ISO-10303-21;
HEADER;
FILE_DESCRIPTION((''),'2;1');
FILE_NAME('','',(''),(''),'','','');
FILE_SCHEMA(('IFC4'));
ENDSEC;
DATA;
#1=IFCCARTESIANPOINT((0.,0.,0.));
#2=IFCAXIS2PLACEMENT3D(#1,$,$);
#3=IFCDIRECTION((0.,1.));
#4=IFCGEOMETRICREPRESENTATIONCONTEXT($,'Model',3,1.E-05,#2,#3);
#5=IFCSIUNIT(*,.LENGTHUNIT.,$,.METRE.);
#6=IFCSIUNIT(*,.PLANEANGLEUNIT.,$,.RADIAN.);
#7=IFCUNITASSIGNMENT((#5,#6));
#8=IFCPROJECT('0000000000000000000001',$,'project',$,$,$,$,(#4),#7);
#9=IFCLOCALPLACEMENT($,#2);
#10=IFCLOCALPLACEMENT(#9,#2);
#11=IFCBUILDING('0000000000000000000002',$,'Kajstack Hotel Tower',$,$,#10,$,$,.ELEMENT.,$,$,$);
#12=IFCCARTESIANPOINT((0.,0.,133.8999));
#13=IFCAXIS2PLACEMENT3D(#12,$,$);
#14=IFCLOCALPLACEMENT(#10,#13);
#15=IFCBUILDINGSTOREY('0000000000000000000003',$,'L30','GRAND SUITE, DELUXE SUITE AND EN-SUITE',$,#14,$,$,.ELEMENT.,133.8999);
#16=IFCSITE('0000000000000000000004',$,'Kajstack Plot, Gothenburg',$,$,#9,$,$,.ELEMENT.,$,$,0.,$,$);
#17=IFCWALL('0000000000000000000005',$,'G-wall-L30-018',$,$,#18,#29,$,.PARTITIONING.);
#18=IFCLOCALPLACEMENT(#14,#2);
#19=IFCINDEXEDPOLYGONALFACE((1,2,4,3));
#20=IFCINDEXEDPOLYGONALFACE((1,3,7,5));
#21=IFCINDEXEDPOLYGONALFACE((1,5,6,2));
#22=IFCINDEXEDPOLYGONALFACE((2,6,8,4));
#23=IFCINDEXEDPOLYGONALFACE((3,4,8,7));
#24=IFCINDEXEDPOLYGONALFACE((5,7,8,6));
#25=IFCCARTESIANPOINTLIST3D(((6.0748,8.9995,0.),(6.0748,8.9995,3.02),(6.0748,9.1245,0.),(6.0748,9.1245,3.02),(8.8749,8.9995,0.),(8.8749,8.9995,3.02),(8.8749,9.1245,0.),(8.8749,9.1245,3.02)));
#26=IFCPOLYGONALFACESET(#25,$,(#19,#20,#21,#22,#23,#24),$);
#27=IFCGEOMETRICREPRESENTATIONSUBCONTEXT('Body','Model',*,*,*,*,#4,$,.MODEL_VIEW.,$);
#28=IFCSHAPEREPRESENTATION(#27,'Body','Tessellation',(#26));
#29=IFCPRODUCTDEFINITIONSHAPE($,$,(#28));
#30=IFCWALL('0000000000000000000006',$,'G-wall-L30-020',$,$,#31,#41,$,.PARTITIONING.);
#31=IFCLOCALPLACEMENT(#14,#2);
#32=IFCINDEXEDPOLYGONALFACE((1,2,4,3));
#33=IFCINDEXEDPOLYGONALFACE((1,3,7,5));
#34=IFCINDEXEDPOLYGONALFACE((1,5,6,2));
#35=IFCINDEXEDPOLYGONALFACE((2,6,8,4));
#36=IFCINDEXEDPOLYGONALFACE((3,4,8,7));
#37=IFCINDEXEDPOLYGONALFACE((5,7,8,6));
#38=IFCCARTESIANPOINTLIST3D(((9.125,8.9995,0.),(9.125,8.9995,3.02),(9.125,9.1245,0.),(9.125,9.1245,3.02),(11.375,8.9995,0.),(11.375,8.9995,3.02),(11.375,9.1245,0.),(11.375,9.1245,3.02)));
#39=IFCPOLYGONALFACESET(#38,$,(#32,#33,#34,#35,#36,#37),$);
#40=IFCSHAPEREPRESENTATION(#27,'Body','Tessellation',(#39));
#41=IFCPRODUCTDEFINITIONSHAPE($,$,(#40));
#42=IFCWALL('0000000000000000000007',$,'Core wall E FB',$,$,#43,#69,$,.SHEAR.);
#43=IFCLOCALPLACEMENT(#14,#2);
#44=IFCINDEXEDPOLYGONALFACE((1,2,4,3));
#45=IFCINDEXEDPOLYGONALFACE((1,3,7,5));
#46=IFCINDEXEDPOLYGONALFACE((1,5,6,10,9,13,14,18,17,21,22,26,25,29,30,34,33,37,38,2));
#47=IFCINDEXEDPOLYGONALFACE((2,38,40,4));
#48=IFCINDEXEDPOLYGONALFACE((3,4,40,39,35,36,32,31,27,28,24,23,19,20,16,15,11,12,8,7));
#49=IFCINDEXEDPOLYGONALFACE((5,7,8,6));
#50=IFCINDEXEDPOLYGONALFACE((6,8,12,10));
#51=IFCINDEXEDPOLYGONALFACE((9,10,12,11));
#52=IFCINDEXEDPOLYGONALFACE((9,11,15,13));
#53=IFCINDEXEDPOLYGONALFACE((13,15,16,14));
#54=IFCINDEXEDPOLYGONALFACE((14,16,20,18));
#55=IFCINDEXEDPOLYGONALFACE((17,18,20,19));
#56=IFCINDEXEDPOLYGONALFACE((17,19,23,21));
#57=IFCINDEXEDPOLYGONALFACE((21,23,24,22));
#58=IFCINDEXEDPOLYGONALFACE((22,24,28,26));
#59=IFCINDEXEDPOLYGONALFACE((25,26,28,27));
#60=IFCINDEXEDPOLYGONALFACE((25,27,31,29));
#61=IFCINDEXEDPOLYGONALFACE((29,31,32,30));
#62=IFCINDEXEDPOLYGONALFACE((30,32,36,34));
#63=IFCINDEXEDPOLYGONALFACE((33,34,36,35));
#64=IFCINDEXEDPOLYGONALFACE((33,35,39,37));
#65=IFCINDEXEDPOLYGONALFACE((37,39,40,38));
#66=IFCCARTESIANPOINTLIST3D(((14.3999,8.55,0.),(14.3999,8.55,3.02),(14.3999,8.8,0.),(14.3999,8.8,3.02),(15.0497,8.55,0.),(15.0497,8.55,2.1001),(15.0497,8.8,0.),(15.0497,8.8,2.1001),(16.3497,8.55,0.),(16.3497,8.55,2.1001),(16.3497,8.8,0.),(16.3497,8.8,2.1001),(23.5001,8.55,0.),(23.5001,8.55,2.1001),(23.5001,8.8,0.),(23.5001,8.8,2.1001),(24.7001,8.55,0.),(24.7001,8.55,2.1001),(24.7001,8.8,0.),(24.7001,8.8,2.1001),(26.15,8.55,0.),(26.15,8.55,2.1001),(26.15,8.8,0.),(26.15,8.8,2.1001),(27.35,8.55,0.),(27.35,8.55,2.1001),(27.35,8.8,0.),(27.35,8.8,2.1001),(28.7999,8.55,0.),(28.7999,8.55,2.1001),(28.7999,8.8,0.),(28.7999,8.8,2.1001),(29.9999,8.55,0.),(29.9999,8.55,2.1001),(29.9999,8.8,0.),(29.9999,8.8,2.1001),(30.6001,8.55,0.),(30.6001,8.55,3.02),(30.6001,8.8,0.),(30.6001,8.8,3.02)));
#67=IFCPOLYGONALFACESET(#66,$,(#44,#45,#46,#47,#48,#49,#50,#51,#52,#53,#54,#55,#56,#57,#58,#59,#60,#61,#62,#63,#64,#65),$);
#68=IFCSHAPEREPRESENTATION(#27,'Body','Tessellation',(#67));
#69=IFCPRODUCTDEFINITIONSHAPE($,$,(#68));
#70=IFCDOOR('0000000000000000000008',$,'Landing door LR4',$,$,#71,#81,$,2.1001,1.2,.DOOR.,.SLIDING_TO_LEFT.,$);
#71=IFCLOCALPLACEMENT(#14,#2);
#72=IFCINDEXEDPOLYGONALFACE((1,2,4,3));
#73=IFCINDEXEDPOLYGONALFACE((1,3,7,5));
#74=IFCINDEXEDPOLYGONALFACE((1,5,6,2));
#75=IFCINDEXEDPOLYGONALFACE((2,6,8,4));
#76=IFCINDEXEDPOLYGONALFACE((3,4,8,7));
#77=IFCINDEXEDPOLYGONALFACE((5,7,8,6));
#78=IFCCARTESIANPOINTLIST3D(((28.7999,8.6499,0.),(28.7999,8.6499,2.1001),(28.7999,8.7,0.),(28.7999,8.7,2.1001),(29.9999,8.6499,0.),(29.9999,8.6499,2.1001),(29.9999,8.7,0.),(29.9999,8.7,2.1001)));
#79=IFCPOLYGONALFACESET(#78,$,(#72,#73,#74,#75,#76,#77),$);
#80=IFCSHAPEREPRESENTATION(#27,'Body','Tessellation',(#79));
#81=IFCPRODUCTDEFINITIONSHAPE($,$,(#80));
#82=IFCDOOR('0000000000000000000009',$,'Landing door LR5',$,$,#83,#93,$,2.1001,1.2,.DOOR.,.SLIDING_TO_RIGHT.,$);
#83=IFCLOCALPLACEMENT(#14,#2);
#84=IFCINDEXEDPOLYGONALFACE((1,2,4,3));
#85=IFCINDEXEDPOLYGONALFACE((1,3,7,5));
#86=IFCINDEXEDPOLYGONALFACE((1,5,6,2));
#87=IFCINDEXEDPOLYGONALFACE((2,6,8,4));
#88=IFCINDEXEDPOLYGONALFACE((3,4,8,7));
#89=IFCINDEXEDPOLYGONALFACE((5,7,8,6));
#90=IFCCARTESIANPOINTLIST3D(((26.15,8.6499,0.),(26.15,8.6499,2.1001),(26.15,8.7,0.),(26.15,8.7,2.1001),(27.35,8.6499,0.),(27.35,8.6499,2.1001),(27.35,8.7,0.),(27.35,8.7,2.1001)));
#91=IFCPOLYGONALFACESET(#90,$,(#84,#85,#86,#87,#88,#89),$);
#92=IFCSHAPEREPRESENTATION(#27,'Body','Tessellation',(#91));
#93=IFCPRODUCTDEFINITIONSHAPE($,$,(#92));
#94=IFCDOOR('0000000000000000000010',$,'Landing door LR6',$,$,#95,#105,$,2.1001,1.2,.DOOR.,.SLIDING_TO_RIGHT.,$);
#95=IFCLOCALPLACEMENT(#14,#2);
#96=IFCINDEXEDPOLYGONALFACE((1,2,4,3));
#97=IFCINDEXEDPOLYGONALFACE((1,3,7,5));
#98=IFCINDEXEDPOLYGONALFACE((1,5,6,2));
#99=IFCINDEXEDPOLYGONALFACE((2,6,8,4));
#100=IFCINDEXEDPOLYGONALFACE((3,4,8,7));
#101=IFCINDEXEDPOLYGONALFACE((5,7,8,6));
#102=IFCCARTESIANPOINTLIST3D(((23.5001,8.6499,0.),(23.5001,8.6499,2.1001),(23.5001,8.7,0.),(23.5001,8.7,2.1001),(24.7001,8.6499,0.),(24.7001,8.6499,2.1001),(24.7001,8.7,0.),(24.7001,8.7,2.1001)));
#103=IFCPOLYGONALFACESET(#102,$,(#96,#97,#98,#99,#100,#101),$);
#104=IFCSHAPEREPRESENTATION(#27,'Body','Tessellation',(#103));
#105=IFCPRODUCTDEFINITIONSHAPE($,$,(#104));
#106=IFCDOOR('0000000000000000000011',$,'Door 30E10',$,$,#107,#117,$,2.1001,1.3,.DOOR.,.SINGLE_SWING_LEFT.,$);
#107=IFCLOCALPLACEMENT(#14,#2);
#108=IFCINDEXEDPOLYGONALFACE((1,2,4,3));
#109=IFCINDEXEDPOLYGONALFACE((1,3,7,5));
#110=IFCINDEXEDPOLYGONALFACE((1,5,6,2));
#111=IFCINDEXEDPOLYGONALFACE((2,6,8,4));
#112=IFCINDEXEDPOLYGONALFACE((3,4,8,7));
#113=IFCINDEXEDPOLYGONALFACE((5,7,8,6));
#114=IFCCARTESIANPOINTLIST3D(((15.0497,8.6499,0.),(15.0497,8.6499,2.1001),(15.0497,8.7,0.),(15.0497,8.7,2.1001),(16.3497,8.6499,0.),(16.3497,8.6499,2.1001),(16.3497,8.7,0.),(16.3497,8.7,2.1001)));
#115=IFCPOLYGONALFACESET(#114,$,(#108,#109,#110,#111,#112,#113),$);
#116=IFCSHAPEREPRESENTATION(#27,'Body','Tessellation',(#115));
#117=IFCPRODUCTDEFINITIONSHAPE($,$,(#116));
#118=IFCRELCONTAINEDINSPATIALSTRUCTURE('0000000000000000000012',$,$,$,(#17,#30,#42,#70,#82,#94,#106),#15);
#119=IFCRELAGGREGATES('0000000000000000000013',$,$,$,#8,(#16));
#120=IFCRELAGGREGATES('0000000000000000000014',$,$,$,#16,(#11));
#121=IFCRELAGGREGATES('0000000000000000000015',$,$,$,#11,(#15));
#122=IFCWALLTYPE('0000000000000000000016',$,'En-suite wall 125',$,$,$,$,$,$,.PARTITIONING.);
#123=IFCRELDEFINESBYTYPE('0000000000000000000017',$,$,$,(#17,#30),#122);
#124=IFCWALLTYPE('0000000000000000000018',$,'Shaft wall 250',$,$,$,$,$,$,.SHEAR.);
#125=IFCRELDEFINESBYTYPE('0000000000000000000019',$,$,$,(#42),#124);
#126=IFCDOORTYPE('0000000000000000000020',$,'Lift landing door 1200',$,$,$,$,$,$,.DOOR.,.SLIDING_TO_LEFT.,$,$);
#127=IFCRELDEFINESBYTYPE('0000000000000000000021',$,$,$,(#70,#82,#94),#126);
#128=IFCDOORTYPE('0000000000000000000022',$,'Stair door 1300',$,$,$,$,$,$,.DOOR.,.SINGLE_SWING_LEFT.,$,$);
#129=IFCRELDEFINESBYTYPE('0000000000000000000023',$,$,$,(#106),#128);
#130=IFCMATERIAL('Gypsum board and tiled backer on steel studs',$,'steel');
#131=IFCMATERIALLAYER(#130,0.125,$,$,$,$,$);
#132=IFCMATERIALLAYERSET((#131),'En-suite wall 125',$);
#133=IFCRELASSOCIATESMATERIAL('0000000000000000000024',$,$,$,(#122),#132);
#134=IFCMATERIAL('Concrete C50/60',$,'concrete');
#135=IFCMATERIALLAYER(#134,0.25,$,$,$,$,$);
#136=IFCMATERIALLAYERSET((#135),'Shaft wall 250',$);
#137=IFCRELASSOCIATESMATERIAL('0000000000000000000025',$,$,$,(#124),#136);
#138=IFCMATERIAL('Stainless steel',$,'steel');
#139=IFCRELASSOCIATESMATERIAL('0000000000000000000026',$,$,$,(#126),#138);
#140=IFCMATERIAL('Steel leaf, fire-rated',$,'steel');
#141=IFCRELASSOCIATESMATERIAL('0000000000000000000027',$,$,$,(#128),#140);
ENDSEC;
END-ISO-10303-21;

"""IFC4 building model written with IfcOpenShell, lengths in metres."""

from ifc_helpers import new_model, si_unit, direction, frame, frame_2d, origin, place, context, subcontext, project, spatial, rectangle, extrude, material, layer, layer_set, type_object, element, fill, save


model = new_model("IFC4")

# Units and contexts
model_context = context("Model", 3, precision=1e-05, world=origin(), true_north=direction((0.0, 1.0)))
body_context = subcontext(model_context, "Body", "Model", "MODEL_VIEW")
ifc_project = project(units=[si_unit("LENGTHUNIT", "METRE"), si_unit("PLANEANGLEUNIT", "RADIAN")], contexts=[model_context])

# Site, building, storey
site_placement = place(None, origin())
site = spatial("IfcSite", under=ifc_project, at=site_placement, Name="Kajstack Plot, Gothenburg", CompositionType="ELEMENT", RefElevation=0.0)
building_placement = place(site_placement, origin())
building = spatial("IfcBuilding", under=site, at=building_placement, Name="Kajstack Hotel Tower", CompositionType="ELEMENT")
storey_placement = place(building_placement, frame((0.0, 0.0, 133.8999)))
storey = spatial("IfcBuildingStorey", under=building, at=storey_placement, Name="L30", Description="GRAND SUITE, DELUXE SUITE AND EN-SUITE", CompositionType="ELEMENT", Elevation=133.8999)

# Walls
ifc_material_1 = material(Name="Gypsum board and tiled backer on steel studs", Category="steel")
ifc_layer_1 = layer(ifc_material_1, 0.125)
ifc_layer_set_1 = layer_set([ifc_layer_1], Name="En-suite wall 125")
wall_type_1 = type_object("IfcWallType", Name="En-suite wall 125", PredefinedType="PARTITIONING", material=ifc_layer_set_1)
wall_1_placement = place(storey_placement, frame((6.075, 9.062, 0.0), z_axis=(0.0, 0.0, 1.0), x_axis=(1.0, 0.0, 0.0)))
element("IfcWall", 1, at=wall_1_placement, inside=storey, type_object=wall_type_1, Name="G-wall-L30-018", PredefinedType="PARTITIONING", context=body_context, shape_type="SweptSolid", body=[
    extrude(rectangle(XDim=2.8, YDim=0.125, at=frame_2d((1.3999, 0.0))), origin(), (0.0, 0.0, 1.0), 3.02),
])
wall_2_placement = place(storey_placement, frame((9.125, 9.062, 0.0), z_axis=(0.0, 0.0, 1.0), x_axis=(1.0, 0.0, 0.0)))
element("IfcWall", 2, at=wall_2_placement, inside=storey, type_object=wall_type_1, Name="G-wall-L30-020", PredefinedType="PARTITIONING", context=body_context, shape_type="SweptSolid", body=[
    extrude(rectangle(XDim=2.25, YDim=0.125, at=frame_2d((1.125, 0.0))), origin(), (0.0, 0.0, 1.0), 3.02),
])

# Wall, openings, doors
ifc_material_2 = material(Name="Concrete C50/60", Category="concrete")
ifc_layer_2 = layer(ifc_material_2, 0.25)
ifc_layer_set_2 = layer_set([ifc_layer_2], Name="Shaft wall 250")
wall_type_2 = type_object("IfcWallType", Name="Shaft wall 250", PredefinedType="SHEAR", material=ifc_layer_set_2)
wall_3_placement = place(storey_placement, frame((14.3999, 8.675, 0.0), z_axis=(0.0, 0.0, 1.0), x_axis=(1.0, 0.0, 0.0)))
wall_3 = element("IfcWall", 3, at=wall_3_placement, inside=storey, type_object=wall_type_2, Name="Core wall E FB", PredefinedType="SHEAR", context=body_context, shape_type="SweptSolid", body=[
    extrude(rectangle(XDim=16.2002, YDim=0.25, at=frame_2d((8.1001, 0.0))), origin(), (0.0, 0.0, 1.0), 3.02),
])
opening_1_placement = place(wall_3_placement, frame((14.3999, 0.0, 0.0)))
opening_1 = element("IfcOpeningElement", 4, at=opening_1_placement, cuts=wall_3, PredefinedType="OPENING", context=body_context, shape_type="SweptSolid", body=[
    extrude(rectangle(XDim=1.2, YDim=2.1001, at=frame_2d((0.6001, 1.05))), frame((0.0, 0.135, 0.0), z_axis=(0.0, -1.0, 0.0), x_axis=(1.0, 0.0, 0.0)), (0.0, 0.0, 1.0), 0.27),
])
opening_2_placement = place(wall_3_placement, frame((11.75, 0.0, 0.0)))
opening_2 = element("IfcOpeningElement", 5, at=opening_2_placement, cuts=wall_3, PredefinedType="OPENING", context=body_context, shape_type="SweptSolid", body=[
    extrude(rectangle(XDim=1.2, YDim=2.1001, at=frame_2d((0.6001, 1.05))), frame((0.0, 0.135, 0.0), z_axis=(0.0, -1.0, 0.0), x_axis=(1.0, 0.0, 0.0)), (0.0, 0.0, 1.0), 0.27),
])
opening_3_placement = place(wall_3_placement, frame((9.1001, 0.0, 0.0)))
opening_3 = element("IfcOpeningElement", 6, at=opening_3_placement, cuts=wall_3, PredefinedType="OPENING", context=body_context, shape_type="SweptSolid", body=[
    extrude(rectangle(XDim=1.2, YDim=2.1001, at=frame_2d((0.6001, 1.05))), frame((0.0, 0.135, 0.0), z_axis=(0.0, -1.0, 0.0), x_axis=(1.0, 0.0, 0.0)), (0.0, 0.0, 1.0), 0.27),
])
opening_4_placement = place(wall_3_placement, frame((0.6499, 0.0, 0.0)))
opening_4 = element("IfcOpeningElement", 7, at=opening_4_placement, cuts=wall_3, PredefinedType="OPENING", context=body_context, shape_type="SweptSolid", body=[
    extrude(rectangle(XDim=1.3, YDim=2.1001, at=frame_2d((0.6499, 1.05))), frame((0.0, 0.135, 0.0), z_axis=(0.0, -1.0, 0.0), x_axis=(1.0, 0.0, 0.0)), (0.0, 0.0, 1.0), 0.27),
])
ifc_material_3 = material(Name="Stainless steel", Category="steel")
door_type_1 = type_object("IfcDoorType", Name="Lift landing door 1200", OperationType="SLIDING_TO_LEFT", PredefinedType="DOOR", material=ifc_material_3)
door_1_placement = place(opening_1_placement, origin())
door_1 = element("IfcDoor", 8, at=door_1_placement, inside=storey, type_object=door_type_1, Name="Landing door LR4", OperationType="SLIDING_TO_LEFT", OverallHeight=2.1001, OverallWidth=1.2, PredefinedType="DOOR", context=body_context, shape_type="SweptSolid", body=[
    extrude(rectangle(XDim=1.2, YDim=2.1001, at=frame_2d((0.6001, 1.05))), frame((0.0, 0.0249, 0.0), z_axis=(0.0, -1.0, 0.0), x_axis=(1.0, 0.0, 0.0)), (0.0, 0.0, 1.0), 0.05),
])
fill(opening_1, door_1)
door_2_placement = place(opening_2_placement, origin())
door_2 = element("IfcDoor", 9, at=door_2_placement, inside=storey, type_object=door_type_1, Name="Landing door LR5", OperationType="SLIDING_TO_RIGHT", OverallHeight=2.1001, OverallWidth=1.2, PredefinedType="DOOR", context=body_context, shape_type="SweptSolid", body=[
    extrude(rectangle(XDim=1.2, YDim=2.1001, at=frame_2d((0.6001, 1.05))), frame((0.0, 0.0249, 0.0), z_axis=(0.0, -1.0, 0.0), x_axis=(1.0, 0.0, 0.0)), (0.0, 0.0, 1.0), 0.05),
])
fill(opening_2, door_2)
door_3_placement = place(opening_3_placement, origin())
door_3 = element("IfcDoor", 10, at=door_3_placement, inside=storey, type_object=door_type_1, Name="Landing door LR6", OperationType="SLIDING_TO_RIGHT", OverallHeight=2.1001, OverallWidth=1.2, PredefinedType="DOOR", context=body_context, shape_type="SweptSolid", body=[
    extrude(rectangle(XDim=1.2, YDim=2.1001, at=frame_2d((0.6001, 1.05))), frame((0.0, 0.0249, 0.0), z_axis=(0.0, -1.0, 0.0), x_axis=(1.0, 0.0, 0.0)), (0.0, 0.0, 1.0), 0.05),
])
fill(opening_3, door_3)
ifc_material_4 = material(Name="Steel leaf, fire-rated", Category="steel")
door_type_2 = type_object("IfcDoorType", Name="Stair door 1300", OperationType="SINGLE_SWING_LEFT", PredefinedType="DOOR", material=ifc_material_4)
door_4_placement = place(opening_4_placement, origin())
door_4 = element("IfcDoor", 11, at=door_4_placement, inside=storey, type_object=door_type_2, Name="Door 30E10", OperationType="SINGLE_SWING_LEFT", OverallHeight=2.1001, OverallWidth=1.3, PredefinedType="DOOR", context=body_context, shape_type="SweptSolid", body=[
    extrude(rectangle(XDim=1.3, YDim=2.1001, at=frame_2d((0.6499, 1.05))), frame((0.0, 0.0249, 0.0), z_axis=(0.0, -1.0, 0.0), x_axis=(1.0, 0.0, 0.0)), (0.0, 0.0, 1.0), 0.05),
])
fill(opening_4, door_4)

save(model, "model.ifc")
